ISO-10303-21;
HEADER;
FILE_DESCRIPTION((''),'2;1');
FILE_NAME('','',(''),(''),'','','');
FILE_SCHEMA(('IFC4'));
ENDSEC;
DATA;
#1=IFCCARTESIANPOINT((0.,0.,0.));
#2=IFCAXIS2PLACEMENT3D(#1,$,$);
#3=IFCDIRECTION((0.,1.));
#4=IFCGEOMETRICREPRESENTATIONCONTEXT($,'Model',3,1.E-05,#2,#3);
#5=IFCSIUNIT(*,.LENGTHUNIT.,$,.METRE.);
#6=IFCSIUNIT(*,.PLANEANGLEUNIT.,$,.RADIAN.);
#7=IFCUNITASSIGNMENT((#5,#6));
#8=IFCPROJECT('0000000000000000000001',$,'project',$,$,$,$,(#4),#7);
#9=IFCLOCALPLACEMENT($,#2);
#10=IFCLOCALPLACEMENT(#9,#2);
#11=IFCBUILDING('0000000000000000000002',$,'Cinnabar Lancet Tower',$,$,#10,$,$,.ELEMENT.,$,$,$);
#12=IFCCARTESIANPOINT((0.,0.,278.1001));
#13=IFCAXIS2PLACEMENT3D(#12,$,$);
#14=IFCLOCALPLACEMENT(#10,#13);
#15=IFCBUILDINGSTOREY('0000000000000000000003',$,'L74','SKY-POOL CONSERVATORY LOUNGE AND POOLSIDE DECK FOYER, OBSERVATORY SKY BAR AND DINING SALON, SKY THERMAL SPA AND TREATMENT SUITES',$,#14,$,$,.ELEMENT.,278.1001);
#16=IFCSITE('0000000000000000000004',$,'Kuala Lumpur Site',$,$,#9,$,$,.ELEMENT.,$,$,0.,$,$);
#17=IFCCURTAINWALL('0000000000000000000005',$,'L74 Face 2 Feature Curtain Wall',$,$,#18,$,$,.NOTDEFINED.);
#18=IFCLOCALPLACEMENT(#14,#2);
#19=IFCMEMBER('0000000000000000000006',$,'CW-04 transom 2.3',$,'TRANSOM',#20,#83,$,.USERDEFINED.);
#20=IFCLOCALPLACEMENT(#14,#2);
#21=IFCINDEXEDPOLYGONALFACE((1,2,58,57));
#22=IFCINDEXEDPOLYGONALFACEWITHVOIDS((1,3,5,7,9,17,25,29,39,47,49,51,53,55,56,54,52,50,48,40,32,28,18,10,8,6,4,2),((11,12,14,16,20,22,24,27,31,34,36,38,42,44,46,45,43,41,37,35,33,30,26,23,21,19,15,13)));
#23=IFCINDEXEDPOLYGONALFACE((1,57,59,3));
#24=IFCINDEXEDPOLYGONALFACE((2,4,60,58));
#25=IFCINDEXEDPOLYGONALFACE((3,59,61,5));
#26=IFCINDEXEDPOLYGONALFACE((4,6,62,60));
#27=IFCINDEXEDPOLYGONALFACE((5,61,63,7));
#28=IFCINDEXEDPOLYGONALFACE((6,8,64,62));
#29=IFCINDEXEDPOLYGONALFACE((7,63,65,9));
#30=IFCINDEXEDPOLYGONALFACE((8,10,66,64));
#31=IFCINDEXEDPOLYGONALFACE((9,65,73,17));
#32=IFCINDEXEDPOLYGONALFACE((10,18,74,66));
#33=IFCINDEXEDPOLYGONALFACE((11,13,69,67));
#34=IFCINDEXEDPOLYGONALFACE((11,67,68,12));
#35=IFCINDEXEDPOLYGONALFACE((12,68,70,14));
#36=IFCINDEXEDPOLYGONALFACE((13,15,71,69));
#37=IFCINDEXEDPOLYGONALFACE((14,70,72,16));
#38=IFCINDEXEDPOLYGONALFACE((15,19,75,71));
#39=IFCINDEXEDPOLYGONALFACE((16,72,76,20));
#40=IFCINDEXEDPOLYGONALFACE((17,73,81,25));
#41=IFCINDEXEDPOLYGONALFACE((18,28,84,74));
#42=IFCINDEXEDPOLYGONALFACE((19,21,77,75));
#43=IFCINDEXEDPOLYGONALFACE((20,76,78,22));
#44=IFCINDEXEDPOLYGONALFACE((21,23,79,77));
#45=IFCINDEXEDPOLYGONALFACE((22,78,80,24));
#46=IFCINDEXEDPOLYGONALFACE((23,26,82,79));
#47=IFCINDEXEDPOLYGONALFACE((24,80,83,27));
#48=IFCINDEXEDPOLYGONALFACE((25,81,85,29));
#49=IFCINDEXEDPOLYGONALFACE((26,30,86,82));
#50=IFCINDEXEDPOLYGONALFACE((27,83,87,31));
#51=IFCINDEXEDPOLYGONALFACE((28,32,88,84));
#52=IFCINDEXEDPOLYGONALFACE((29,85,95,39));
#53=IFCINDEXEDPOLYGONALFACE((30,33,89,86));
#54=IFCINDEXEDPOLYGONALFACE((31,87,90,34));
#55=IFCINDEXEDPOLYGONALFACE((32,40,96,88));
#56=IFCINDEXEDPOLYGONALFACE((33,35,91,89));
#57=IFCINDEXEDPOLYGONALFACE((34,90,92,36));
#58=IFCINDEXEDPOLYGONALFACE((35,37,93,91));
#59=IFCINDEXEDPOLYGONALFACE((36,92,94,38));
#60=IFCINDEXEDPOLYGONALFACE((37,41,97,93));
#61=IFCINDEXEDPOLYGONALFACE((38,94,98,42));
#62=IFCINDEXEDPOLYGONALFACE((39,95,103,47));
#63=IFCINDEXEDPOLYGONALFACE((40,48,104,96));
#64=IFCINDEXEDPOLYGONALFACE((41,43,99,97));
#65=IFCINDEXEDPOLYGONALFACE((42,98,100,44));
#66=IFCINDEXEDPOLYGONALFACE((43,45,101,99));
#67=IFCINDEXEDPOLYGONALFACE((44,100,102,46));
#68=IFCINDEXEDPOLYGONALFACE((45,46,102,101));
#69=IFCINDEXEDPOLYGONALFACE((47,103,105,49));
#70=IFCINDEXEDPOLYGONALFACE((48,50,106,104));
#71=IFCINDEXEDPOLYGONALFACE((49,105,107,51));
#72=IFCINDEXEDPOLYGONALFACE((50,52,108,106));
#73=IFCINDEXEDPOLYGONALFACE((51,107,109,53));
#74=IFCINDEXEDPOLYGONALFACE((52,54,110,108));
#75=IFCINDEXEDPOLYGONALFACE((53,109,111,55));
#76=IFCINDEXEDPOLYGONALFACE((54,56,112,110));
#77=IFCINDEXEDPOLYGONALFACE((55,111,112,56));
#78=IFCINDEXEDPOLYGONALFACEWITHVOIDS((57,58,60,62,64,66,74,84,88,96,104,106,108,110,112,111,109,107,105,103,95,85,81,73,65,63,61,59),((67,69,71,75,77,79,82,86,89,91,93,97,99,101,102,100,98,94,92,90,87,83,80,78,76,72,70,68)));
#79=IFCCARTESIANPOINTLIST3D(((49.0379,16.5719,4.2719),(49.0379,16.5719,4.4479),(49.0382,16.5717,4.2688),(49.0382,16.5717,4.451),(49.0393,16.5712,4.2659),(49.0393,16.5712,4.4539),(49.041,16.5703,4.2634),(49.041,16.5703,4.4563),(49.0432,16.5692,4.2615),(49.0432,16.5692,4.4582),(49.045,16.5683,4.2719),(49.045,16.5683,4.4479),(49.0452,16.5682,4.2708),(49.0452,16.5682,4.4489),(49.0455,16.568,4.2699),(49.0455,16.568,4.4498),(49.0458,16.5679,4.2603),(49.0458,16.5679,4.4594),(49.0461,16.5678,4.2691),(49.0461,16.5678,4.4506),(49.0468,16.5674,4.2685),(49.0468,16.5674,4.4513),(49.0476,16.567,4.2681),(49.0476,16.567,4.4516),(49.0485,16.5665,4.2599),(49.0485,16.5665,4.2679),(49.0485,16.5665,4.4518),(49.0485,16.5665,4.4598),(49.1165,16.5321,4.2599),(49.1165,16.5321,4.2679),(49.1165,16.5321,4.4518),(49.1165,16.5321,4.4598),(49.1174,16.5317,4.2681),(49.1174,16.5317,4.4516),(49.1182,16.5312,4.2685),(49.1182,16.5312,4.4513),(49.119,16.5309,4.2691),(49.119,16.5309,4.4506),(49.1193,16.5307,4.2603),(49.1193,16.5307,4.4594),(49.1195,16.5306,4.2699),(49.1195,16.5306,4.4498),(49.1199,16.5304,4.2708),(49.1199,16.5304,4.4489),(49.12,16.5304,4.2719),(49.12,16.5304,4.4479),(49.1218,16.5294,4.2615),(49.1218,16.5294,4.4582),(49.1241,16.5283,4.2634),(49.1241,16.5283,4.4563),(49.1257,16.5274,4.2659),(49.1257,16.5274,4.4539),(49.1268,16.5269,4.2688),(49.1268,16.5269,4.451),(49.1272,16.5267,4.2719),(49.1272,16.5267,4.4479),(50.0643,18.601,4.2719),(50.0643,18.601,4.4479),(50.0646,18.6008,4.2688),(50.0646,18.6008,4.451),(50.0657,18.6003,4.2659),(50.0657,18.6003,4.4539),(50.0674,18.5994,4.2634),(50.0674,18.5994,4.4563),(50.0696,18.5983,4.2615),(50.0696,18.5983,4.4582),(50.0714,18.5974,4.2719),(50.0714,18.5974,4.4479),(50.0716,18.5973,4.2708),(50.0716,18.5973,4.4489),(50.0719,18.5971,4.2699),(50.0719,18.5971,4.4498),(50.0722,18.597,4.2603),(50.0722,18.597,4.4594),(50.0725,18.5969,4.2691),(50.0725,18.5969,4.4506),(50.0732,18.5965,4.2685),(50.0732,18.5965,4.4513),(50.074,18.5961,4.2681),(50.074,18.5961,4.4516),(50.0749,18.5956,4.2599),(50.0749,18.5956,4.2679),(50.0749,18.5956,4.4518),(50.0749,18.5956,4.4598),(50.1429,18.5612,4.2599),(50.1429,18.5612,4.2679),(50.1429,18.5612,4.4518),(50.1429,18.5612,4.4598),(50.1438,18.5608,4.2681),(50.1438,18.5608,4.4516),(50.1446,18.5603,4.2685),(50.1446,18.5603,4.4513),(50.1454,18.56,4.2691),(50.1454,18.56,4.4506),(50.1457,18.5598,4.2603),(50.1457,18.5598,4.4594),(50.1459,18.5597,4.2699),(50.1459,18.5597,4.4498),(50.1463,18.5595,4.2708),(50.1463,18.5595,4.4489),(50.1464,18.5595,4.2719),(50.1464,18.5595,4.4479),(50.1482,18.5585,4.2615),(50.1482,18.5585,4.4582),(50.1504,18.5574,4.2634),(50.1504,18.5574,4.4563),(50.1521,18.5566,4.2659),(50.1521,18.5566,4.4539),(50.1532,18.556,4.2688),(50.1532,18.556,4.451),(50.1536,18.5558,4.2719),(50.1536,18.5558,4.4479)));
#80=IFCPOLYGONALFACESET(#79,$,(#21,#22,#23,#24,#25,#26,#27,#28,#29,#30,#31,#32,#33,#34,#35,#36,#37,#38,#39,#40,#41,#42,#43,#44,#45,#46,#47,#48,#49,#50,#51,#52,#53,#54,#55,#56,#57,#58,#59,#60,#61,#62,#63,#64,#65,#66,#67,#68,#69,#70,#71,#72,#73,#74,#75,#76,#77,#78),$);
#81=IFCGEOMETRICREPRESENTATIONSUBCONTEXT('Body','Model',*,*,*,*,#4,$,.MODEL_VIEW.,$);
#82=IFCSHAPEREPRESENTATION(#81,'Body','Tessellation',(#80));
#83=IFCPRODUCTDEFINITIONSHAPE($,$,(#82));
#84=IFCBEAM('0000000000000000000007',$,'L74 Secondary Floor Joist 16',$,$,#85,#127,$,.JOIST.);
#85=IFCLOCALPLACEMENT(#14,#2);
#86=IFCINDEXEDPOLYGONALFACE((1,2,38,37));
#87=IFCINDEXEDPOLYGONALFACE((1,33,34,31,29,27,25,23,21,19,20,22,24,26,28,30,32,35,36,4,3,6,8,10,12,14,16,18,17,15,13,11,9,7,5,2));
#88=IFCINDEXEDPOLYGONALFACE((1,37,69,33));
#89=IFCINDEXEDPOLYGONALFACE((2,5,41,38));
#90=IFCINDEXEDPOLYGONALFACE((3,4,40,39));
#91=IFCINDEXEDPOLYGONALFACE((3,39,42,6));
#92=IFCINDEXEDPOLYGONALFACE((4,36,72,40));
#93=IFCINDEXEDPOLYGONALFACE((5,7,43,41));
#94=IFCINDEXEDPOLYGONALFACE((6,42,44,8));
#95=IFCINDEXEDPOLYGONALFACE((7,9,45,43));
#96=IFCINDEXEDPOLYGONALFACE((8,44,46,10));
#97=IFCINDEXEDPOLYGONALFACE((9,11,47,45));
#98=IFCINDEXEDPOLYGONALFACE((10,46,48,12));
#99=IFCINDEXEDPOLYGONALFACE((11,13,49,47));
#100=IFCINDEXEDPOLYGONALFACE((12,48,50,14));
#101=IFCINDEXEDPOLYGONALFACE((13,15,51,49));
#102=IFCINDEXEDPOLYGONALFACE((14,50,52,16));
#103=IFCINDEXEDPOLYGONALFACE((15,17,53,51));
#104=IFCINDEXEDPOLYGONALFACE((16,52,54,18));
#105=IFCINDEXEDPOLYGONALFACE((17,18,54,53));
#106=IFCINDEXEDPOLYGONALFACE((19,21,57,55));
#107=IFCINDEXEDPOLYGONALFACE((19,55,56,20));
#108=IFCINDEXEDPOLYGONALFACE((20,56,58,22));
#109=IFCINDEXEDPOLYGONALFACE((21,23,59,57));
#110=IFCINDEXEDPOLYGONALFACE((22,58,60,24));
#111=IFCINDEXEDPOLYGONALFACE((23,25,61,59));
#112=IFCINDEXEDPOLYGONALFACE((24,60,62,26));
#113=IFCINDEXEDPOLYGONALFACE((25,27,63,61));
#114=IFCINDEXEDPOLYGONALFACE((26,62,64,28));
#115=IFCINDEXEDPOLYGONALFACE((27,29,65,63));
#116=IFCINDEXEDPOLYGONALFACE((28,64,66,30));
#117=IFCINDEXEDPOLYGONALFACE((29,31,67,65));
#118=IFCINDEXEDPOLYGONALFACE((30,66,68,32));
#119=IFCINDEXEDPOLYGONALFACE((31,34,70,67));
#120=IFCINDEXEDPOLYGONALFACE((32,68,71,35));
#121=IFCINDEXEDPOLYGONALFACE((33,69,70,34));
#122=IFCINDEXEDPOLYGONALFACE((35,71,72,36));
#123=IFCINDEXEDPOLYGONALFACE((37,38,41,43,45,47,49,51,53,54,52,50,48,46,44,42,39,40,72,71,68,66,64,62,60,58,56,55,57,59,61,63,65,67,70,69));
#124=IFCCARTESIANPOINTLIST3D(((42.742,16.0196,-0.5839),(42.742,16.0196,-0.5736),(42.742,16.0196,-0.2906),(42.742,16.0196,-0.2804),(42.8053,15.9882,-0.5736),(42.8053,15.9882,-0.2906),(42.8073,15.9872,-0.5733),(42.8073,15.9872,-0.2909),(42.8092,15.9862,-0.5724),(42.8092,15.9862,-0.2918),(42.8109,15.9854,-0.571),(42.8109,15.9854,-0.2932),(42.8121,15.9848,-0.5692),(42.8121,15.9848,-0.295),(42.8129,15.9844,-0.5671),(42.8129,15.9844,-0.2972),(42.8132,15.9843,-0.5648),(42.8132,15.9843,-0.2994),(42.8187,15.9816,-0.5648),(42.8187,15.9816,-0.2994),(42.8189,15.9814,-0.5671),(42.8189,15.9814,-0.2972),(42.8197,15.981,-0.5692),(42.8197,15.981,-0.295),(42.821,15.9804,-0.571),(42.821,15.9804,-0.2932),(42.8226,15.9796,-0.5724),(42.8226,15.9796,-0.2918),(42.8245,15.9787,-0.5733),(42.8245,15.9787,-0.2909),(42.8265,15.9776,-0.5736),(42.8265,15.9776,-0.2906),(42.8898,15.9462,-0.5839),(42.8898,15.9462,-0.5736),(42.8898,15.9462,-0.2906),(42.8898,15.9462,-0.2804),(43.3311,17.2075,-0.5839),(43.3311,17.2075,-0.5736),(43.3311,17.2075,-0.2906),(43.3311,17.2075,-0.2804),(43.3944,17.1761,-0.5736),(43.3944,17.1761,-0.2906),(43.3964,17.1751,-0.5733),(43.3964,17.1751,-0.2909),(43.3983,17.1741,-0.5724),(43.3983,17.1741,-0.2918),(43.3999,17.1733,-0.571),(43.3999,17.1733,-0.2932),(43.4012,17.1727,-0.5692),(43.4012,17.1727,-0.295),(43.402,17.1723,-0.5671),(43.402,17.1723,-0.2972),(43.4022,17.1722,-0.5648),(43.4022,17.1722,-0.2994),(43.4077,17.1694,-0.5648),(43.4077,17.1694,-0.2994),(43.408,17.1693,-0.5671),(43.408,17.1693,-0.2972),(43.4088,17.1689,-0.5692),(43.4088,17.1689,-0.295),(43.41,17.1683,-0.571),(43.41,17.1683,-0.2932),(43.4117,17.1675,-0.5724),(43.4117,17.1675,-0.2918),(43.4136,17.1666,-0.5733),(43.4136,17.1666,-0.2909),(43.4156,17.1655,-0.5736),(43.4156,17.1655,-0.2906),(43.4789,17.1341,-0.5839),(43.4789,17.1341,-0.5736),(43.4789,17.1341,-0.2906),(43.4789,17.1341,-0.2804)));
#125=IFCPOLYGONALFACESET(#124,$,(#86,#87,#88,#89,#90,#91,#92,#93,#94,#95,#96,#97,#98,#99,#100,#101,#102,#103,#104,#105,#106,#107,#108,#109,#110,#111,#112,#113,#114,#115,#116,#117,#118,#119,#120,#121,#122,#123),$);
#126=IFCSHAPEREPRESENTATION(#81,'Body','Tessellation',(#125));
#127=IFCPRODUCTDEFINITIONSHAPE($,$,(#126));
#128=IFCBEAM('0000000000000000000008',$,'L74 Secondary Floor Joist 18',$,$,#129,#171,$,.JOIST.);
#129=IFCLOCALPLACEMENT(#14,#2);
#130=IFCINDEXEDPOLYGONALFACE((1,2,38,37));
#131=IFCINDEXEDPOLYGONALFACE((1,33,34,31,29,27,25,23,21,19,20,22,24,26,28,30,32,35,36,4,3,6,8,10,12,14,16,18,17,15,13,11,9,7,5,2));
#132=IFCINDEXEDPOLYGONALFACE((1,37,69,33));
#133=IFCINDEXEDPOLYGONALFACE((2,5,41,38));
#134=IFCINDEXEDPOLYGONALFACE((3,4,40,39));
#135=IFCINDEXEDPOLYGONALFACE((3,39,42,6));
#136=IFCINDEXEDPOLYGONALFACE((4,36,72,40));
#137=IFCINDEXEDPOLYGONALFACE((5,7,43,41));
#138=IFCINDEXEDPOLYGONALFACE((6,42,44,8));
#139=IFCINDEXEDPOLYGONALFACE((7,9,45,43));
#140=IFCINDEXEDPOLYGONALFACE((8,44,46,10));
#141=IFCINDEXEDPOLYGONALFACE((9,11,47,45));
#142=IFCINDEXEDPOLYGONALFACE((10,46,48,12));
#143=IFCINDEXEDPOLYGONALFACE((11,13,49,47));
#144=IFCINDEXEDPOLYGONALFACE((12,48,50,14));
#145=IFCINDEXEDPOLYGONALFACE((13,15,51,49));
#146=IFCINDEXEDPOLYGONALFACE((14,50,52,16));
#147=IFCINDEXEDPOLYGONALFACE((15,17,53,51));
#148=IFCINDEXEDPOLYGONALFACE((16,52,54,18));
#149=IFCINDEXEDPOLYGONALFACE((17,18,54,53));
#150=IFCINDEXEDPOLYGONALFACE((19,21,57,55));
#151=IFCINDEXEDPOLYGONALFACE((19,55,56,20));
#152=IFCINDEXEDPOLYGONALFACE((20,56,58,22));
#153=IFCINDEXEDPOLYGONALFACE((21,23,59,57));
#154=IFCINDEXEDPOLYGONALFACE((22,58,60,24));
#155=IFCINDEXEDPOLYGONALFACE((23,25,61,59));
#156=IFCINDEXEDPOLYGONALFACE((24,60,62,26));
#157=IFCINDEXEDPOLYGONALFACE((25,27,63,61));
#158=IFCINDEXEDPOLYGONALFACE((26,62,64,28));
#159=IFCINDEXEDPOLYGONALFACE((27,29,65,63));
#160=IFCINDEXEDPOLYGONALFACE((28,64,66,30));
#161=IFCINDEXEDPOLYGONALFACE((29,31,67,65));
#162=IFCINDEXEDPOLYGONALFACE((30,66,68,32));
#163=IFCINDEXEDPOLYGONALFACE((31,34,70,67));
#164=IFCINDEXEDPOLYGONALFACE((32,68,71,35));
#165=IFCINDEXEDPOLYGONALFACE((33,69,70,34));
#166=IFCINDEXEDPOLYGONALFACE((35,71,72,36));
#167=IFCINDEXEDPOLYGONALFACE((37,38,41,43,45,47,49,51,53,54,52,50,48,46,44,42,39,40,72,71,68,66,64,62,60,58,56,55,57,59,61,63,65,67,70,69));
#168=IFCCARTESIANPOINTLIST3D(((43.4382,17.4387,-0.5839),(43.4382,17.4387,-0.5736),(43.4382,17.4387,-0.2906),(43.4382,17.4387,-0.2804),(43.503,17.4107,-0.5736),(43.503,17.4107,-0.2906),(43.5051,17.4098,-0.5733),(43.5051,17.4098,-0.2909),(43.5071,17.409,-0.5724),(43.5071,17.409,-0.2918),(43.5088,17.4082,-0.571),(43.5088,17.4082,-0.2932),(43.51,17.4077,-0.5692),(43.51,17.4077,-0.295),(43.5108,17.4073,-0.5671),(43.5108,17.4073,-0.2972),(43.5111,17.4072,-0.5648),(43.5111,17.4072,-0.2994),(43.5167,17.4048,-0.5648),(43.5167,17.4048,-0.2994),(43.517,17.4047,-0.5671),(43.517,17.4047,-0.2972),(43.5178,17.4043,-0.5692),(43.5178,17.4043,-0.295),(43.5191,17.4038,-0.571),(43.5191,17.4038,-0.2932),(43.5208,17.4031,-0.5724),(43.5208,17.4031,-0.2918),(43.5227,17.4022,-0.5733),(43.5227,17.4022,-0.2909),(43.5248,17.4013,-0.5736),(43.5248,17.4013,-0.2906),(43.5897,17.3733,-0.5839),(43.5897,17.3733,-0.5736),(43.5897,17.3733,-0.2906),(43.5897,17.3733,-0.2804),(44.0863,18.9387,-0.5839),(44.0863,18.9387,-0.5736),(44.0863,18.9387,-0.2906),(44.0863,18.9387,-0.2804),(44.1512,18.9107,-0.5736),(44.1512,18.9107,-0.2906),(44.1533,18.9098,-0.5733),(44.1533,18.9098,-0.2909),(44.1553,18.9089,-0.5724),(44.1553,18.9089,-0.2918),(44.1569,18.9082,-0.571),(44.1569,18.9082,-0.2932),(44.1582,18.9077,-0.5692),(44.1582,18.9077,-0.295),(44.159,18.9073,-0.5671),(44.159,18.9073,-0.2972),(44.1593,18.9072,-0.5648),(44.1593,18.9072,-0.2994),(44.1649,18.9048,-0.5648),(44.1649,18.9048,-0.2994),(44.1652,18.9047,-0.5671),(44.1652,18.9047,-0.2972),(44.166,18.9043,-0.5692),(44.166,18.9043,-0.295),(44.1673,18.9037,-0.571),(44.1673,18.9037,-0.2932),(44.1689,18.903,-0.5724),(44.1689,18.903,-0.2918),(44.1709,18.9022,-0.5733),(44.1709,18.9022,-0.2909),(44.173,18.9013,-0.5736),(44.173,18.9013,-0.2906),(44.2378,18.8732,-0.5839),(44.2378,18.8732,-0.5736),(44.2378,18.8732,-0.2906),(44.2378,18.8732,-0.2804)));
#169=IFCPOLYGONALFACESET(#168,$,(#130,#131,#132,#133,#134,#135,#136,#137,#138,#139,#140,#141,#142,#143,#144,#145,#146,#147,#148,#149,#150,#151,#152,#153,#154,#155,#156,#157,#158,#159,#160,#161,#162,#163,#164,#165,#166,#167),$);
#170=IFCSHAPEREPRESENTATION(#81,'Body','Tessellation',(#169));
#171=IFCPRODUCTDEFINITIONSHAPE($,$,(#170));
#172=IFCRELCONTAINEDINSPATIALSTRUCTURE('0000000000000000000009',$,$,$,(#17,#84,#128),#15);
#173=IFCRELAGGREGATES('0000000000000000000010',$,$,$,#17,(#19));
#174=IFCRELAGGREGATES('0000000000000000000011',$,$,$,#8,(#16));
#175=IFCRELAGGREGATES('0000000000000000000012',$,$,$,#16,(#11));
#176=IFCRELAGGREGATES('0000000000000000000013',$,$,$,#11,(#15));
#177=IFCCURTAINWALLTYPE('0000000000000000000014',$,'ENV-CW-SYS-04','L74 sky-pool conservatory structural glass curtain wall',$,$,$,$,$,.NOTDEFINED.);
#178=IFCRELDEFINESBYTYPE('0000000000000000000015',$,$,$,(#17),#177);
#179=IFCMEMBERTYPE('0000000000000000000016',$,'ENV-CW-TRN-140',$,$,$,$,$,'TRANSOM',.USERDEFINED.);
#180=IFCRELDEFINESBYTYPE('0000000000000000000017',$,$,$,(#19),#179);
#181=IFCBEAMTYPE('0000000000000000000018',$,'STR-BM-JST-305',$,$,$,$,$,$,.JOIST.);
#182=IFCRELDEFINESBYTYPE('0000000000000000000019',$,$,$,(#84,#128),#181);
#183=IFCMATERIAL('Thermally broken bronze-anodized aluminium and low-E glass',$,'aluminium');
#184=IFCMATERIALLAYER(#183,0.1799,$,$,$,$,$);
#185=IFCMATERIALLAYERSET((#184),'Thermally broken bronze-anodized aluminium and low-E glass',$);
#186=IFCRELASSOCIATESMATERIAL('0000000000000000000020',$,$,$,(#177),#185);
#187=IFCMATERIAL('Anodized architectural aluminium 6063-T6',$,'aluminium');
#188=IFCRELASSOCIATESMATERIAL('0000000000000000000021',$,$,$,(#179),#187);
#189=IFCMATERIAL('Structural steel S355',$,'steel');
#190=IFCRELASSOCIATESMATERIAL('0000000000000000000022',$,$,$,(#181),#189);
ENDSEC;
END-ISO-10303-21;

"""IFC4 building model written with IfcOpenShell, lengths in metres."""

from ifc_helpers import new_model, si_unit, direction, frame, origin, origin_2d, place, context, subcontext, project, spatial, hollow_rectangle, i_section, extrude, material, layer, layer_set, material_profile, profile_set, type_object, element, aggregate, save


model = new_model("IFC4")

# Units and contexts
model_context = context("Model", 3, precision=1e-05, world=origin(), true_north=direction((0.0, 1.0)))
body_context = subcontext(model_context, "Body", "Model", "MODEL_VIEW")
ifc_project = project(units=[si_unit("LENGTHUNIT", "METRE"), si_unit("PLANEANGLEUNIT", "RADIAN")], contexts=[model_context])

# Site, building, storey
site_placement = place(None, origin())
site = spatial("IfcSite", under=ifc_project, at=site_placement, Name="Kuala Lumpur Site", CompositionType="ELEMENT", RefElevation=0.0)
building_placement = place(site_placement, origin())
building = spatial("IfcBuilding", under=site, at=building_placement, Name="Cinnabar Lancet Tower", CompositionType="ELEMENT")
storey_placement = place(building_placement, frame((0.0, 0.0, 278.1001)))
storey = spatial("IfcBuildingStorey", under=building, at=storey_placement, Name="L74", Description="SKY-POOL CONSERVATORY LOUNGE AND POOLSIDE DECK FOYER, OBSERVATORY SKY BAR AND DINING SALON, SKY THERMAL SPA AND TREATMENT SUITES", CompositionType="ELEMENT", Elevation=278.1001)

# Curtain wall, member
ifc_material_1 = material(Name="Thermally broken bronze-anodized aluminium and low-E glass", Category="aluminium")
ifc_layer_1 = layer(ifc_material_1, 0.1799)
ifc_layer_set_1 = layer_set([ifc_layer_1], Name="Thermally broken bronze-anodized aluminium and low-E glass")
curtain_wall_type = type_object("IfcCurtainWallType", Name="ENV-CW-SYS-04", Description="L74 sky-pool conservatory structural glass curtain wall", PredefinedType="NOTDEFINED", material=ifc_layer_set_1)
curtain_wall_placement = place(storey_placement, origin())
curtain_wall = element("IfcCurtainWall", 1, at=curtain_wall_placement, inside=storey, type_object=curtain_wall_type, Name="L74 Face 2 Feature Curtain Wall", PredefinedType="NOTDEFINED")
ifc_material_2 = material(Name="Anodized architectural aluminium 6063-T6", Category="aluminium")
ifc_material_profile_1 = material_profile(ifc_material_2, hollow_rectangle(XDim=0.1001, YDim=0.2, WallThickness=0.0081, InnerFilletRadius=0.0039, OuterFilletRadius=0.012, at=origin_2d()), Name="RHS 200x100x8")
ifc_profile_set_1 = profile_set([ifc_material_profile_1], Name="Anodized architectural aluminium 6063-T6")
member_type_1 = type_object("IfcMemberType", Name="ENV-CW-TRN-140", ElementType="TRANSOM", PredefinedType="USERDEFINED", material=ifc_profile_set_1)
member_1_placement = place(storey_placement, frame((49.0825, 16.5493, 4.3599), z_axis=(0.451375, 0.892335, 0.0), x_axis=(-0.892335, 0.451375, 0.0)))
member_1 = element("IfcMember", 2, at=member_1_placement, type_object=member_type_1, Name="CW-04 transom 2.3", ObjectType="TRANSOM", PredefinedType="USERDEFINED", context=body_context, shape_type="SweptSolid", body=[
    extrude(hollow_rectangle(XDim=0.1001, YDim=0.2, WallThickness=0.0081, InnerFilletRadius=0.0039, OuterFilletRadius=0.012, at=origin_2d()), origin(), (0.0, 0.0, 1.0), 2.2739),
])

# Beams
ifc_material_3 = material(Name="Structural steel S355", Category="steel")
ifc_material_profile_2 = material_profile(ifc_material_3, i_section(OverallWidth=0.165, OverallDepth=0.3035, WebThickness=0.0061, FlangeThickness=0.0103, FilletRadius=0.0088, at=origin_2d()), Name="UKB 305x165x40")
ifc_profile_set_2 = profile_set([ifc_material_profile_2], Name="Structural steel S355")
beam_type_1 = type_object("IfcBeamType", Name="STR-BM-JST-305", PredefinedType="JOIST", material=ifc_profile_set_2)
beam_1_placement = place(storey_placement, frame((42.8159, 15.9829, -0.4321), z_axis=(0.444265, 0.895895, 0.0), x_axis=(-0.895895, 0.444265, 0.0)))
element("IfcBeam", 3, at=beam_1_placement, inside=storey, type_object=beam_type_1, Name="L74 Secondary Floor Joist 16", PredefinedType="JOIST", context=body_context, shape_type="SweptSolid", body=[
    extrude(i_section(OverallWidth=0.165, OverallDepth=0.3035, WebThickness=0.0061, FlangeThickness=0.0103, FilletRadius=0.0088, at=origin_2d()), origin(), (0.0, 0.0, 1.0), 1.3259),
])
beam_2_placement = place(storey_placement, frame((43.5139, 17.406, -0.4321), z_axis=(0.396676, 0.917959, 0.0), x_axis=(-0.917959, 0.396676, 0.0)))
element("IfcBeam", 4, at=beam_2_placement, inside=storey, type_object=beam_type_1, Name="L74 Secondary Floor Joist 18", PredefinedType="JOIST", context=body_context, shape_type="SweptSolid", body=[
    extrude(i_section(OverallWidth=0.165, OverallDepth=0.3035, WebThickness=0.0061, FlangeThickness=0.0103, FilletRadius=0.0088, at=origin_2d()), origin(), (0.0, 0.0, 1.0), 1.634),
])

aggregate(curtain_wall, [member_1])

save(model, "model.ifc")
